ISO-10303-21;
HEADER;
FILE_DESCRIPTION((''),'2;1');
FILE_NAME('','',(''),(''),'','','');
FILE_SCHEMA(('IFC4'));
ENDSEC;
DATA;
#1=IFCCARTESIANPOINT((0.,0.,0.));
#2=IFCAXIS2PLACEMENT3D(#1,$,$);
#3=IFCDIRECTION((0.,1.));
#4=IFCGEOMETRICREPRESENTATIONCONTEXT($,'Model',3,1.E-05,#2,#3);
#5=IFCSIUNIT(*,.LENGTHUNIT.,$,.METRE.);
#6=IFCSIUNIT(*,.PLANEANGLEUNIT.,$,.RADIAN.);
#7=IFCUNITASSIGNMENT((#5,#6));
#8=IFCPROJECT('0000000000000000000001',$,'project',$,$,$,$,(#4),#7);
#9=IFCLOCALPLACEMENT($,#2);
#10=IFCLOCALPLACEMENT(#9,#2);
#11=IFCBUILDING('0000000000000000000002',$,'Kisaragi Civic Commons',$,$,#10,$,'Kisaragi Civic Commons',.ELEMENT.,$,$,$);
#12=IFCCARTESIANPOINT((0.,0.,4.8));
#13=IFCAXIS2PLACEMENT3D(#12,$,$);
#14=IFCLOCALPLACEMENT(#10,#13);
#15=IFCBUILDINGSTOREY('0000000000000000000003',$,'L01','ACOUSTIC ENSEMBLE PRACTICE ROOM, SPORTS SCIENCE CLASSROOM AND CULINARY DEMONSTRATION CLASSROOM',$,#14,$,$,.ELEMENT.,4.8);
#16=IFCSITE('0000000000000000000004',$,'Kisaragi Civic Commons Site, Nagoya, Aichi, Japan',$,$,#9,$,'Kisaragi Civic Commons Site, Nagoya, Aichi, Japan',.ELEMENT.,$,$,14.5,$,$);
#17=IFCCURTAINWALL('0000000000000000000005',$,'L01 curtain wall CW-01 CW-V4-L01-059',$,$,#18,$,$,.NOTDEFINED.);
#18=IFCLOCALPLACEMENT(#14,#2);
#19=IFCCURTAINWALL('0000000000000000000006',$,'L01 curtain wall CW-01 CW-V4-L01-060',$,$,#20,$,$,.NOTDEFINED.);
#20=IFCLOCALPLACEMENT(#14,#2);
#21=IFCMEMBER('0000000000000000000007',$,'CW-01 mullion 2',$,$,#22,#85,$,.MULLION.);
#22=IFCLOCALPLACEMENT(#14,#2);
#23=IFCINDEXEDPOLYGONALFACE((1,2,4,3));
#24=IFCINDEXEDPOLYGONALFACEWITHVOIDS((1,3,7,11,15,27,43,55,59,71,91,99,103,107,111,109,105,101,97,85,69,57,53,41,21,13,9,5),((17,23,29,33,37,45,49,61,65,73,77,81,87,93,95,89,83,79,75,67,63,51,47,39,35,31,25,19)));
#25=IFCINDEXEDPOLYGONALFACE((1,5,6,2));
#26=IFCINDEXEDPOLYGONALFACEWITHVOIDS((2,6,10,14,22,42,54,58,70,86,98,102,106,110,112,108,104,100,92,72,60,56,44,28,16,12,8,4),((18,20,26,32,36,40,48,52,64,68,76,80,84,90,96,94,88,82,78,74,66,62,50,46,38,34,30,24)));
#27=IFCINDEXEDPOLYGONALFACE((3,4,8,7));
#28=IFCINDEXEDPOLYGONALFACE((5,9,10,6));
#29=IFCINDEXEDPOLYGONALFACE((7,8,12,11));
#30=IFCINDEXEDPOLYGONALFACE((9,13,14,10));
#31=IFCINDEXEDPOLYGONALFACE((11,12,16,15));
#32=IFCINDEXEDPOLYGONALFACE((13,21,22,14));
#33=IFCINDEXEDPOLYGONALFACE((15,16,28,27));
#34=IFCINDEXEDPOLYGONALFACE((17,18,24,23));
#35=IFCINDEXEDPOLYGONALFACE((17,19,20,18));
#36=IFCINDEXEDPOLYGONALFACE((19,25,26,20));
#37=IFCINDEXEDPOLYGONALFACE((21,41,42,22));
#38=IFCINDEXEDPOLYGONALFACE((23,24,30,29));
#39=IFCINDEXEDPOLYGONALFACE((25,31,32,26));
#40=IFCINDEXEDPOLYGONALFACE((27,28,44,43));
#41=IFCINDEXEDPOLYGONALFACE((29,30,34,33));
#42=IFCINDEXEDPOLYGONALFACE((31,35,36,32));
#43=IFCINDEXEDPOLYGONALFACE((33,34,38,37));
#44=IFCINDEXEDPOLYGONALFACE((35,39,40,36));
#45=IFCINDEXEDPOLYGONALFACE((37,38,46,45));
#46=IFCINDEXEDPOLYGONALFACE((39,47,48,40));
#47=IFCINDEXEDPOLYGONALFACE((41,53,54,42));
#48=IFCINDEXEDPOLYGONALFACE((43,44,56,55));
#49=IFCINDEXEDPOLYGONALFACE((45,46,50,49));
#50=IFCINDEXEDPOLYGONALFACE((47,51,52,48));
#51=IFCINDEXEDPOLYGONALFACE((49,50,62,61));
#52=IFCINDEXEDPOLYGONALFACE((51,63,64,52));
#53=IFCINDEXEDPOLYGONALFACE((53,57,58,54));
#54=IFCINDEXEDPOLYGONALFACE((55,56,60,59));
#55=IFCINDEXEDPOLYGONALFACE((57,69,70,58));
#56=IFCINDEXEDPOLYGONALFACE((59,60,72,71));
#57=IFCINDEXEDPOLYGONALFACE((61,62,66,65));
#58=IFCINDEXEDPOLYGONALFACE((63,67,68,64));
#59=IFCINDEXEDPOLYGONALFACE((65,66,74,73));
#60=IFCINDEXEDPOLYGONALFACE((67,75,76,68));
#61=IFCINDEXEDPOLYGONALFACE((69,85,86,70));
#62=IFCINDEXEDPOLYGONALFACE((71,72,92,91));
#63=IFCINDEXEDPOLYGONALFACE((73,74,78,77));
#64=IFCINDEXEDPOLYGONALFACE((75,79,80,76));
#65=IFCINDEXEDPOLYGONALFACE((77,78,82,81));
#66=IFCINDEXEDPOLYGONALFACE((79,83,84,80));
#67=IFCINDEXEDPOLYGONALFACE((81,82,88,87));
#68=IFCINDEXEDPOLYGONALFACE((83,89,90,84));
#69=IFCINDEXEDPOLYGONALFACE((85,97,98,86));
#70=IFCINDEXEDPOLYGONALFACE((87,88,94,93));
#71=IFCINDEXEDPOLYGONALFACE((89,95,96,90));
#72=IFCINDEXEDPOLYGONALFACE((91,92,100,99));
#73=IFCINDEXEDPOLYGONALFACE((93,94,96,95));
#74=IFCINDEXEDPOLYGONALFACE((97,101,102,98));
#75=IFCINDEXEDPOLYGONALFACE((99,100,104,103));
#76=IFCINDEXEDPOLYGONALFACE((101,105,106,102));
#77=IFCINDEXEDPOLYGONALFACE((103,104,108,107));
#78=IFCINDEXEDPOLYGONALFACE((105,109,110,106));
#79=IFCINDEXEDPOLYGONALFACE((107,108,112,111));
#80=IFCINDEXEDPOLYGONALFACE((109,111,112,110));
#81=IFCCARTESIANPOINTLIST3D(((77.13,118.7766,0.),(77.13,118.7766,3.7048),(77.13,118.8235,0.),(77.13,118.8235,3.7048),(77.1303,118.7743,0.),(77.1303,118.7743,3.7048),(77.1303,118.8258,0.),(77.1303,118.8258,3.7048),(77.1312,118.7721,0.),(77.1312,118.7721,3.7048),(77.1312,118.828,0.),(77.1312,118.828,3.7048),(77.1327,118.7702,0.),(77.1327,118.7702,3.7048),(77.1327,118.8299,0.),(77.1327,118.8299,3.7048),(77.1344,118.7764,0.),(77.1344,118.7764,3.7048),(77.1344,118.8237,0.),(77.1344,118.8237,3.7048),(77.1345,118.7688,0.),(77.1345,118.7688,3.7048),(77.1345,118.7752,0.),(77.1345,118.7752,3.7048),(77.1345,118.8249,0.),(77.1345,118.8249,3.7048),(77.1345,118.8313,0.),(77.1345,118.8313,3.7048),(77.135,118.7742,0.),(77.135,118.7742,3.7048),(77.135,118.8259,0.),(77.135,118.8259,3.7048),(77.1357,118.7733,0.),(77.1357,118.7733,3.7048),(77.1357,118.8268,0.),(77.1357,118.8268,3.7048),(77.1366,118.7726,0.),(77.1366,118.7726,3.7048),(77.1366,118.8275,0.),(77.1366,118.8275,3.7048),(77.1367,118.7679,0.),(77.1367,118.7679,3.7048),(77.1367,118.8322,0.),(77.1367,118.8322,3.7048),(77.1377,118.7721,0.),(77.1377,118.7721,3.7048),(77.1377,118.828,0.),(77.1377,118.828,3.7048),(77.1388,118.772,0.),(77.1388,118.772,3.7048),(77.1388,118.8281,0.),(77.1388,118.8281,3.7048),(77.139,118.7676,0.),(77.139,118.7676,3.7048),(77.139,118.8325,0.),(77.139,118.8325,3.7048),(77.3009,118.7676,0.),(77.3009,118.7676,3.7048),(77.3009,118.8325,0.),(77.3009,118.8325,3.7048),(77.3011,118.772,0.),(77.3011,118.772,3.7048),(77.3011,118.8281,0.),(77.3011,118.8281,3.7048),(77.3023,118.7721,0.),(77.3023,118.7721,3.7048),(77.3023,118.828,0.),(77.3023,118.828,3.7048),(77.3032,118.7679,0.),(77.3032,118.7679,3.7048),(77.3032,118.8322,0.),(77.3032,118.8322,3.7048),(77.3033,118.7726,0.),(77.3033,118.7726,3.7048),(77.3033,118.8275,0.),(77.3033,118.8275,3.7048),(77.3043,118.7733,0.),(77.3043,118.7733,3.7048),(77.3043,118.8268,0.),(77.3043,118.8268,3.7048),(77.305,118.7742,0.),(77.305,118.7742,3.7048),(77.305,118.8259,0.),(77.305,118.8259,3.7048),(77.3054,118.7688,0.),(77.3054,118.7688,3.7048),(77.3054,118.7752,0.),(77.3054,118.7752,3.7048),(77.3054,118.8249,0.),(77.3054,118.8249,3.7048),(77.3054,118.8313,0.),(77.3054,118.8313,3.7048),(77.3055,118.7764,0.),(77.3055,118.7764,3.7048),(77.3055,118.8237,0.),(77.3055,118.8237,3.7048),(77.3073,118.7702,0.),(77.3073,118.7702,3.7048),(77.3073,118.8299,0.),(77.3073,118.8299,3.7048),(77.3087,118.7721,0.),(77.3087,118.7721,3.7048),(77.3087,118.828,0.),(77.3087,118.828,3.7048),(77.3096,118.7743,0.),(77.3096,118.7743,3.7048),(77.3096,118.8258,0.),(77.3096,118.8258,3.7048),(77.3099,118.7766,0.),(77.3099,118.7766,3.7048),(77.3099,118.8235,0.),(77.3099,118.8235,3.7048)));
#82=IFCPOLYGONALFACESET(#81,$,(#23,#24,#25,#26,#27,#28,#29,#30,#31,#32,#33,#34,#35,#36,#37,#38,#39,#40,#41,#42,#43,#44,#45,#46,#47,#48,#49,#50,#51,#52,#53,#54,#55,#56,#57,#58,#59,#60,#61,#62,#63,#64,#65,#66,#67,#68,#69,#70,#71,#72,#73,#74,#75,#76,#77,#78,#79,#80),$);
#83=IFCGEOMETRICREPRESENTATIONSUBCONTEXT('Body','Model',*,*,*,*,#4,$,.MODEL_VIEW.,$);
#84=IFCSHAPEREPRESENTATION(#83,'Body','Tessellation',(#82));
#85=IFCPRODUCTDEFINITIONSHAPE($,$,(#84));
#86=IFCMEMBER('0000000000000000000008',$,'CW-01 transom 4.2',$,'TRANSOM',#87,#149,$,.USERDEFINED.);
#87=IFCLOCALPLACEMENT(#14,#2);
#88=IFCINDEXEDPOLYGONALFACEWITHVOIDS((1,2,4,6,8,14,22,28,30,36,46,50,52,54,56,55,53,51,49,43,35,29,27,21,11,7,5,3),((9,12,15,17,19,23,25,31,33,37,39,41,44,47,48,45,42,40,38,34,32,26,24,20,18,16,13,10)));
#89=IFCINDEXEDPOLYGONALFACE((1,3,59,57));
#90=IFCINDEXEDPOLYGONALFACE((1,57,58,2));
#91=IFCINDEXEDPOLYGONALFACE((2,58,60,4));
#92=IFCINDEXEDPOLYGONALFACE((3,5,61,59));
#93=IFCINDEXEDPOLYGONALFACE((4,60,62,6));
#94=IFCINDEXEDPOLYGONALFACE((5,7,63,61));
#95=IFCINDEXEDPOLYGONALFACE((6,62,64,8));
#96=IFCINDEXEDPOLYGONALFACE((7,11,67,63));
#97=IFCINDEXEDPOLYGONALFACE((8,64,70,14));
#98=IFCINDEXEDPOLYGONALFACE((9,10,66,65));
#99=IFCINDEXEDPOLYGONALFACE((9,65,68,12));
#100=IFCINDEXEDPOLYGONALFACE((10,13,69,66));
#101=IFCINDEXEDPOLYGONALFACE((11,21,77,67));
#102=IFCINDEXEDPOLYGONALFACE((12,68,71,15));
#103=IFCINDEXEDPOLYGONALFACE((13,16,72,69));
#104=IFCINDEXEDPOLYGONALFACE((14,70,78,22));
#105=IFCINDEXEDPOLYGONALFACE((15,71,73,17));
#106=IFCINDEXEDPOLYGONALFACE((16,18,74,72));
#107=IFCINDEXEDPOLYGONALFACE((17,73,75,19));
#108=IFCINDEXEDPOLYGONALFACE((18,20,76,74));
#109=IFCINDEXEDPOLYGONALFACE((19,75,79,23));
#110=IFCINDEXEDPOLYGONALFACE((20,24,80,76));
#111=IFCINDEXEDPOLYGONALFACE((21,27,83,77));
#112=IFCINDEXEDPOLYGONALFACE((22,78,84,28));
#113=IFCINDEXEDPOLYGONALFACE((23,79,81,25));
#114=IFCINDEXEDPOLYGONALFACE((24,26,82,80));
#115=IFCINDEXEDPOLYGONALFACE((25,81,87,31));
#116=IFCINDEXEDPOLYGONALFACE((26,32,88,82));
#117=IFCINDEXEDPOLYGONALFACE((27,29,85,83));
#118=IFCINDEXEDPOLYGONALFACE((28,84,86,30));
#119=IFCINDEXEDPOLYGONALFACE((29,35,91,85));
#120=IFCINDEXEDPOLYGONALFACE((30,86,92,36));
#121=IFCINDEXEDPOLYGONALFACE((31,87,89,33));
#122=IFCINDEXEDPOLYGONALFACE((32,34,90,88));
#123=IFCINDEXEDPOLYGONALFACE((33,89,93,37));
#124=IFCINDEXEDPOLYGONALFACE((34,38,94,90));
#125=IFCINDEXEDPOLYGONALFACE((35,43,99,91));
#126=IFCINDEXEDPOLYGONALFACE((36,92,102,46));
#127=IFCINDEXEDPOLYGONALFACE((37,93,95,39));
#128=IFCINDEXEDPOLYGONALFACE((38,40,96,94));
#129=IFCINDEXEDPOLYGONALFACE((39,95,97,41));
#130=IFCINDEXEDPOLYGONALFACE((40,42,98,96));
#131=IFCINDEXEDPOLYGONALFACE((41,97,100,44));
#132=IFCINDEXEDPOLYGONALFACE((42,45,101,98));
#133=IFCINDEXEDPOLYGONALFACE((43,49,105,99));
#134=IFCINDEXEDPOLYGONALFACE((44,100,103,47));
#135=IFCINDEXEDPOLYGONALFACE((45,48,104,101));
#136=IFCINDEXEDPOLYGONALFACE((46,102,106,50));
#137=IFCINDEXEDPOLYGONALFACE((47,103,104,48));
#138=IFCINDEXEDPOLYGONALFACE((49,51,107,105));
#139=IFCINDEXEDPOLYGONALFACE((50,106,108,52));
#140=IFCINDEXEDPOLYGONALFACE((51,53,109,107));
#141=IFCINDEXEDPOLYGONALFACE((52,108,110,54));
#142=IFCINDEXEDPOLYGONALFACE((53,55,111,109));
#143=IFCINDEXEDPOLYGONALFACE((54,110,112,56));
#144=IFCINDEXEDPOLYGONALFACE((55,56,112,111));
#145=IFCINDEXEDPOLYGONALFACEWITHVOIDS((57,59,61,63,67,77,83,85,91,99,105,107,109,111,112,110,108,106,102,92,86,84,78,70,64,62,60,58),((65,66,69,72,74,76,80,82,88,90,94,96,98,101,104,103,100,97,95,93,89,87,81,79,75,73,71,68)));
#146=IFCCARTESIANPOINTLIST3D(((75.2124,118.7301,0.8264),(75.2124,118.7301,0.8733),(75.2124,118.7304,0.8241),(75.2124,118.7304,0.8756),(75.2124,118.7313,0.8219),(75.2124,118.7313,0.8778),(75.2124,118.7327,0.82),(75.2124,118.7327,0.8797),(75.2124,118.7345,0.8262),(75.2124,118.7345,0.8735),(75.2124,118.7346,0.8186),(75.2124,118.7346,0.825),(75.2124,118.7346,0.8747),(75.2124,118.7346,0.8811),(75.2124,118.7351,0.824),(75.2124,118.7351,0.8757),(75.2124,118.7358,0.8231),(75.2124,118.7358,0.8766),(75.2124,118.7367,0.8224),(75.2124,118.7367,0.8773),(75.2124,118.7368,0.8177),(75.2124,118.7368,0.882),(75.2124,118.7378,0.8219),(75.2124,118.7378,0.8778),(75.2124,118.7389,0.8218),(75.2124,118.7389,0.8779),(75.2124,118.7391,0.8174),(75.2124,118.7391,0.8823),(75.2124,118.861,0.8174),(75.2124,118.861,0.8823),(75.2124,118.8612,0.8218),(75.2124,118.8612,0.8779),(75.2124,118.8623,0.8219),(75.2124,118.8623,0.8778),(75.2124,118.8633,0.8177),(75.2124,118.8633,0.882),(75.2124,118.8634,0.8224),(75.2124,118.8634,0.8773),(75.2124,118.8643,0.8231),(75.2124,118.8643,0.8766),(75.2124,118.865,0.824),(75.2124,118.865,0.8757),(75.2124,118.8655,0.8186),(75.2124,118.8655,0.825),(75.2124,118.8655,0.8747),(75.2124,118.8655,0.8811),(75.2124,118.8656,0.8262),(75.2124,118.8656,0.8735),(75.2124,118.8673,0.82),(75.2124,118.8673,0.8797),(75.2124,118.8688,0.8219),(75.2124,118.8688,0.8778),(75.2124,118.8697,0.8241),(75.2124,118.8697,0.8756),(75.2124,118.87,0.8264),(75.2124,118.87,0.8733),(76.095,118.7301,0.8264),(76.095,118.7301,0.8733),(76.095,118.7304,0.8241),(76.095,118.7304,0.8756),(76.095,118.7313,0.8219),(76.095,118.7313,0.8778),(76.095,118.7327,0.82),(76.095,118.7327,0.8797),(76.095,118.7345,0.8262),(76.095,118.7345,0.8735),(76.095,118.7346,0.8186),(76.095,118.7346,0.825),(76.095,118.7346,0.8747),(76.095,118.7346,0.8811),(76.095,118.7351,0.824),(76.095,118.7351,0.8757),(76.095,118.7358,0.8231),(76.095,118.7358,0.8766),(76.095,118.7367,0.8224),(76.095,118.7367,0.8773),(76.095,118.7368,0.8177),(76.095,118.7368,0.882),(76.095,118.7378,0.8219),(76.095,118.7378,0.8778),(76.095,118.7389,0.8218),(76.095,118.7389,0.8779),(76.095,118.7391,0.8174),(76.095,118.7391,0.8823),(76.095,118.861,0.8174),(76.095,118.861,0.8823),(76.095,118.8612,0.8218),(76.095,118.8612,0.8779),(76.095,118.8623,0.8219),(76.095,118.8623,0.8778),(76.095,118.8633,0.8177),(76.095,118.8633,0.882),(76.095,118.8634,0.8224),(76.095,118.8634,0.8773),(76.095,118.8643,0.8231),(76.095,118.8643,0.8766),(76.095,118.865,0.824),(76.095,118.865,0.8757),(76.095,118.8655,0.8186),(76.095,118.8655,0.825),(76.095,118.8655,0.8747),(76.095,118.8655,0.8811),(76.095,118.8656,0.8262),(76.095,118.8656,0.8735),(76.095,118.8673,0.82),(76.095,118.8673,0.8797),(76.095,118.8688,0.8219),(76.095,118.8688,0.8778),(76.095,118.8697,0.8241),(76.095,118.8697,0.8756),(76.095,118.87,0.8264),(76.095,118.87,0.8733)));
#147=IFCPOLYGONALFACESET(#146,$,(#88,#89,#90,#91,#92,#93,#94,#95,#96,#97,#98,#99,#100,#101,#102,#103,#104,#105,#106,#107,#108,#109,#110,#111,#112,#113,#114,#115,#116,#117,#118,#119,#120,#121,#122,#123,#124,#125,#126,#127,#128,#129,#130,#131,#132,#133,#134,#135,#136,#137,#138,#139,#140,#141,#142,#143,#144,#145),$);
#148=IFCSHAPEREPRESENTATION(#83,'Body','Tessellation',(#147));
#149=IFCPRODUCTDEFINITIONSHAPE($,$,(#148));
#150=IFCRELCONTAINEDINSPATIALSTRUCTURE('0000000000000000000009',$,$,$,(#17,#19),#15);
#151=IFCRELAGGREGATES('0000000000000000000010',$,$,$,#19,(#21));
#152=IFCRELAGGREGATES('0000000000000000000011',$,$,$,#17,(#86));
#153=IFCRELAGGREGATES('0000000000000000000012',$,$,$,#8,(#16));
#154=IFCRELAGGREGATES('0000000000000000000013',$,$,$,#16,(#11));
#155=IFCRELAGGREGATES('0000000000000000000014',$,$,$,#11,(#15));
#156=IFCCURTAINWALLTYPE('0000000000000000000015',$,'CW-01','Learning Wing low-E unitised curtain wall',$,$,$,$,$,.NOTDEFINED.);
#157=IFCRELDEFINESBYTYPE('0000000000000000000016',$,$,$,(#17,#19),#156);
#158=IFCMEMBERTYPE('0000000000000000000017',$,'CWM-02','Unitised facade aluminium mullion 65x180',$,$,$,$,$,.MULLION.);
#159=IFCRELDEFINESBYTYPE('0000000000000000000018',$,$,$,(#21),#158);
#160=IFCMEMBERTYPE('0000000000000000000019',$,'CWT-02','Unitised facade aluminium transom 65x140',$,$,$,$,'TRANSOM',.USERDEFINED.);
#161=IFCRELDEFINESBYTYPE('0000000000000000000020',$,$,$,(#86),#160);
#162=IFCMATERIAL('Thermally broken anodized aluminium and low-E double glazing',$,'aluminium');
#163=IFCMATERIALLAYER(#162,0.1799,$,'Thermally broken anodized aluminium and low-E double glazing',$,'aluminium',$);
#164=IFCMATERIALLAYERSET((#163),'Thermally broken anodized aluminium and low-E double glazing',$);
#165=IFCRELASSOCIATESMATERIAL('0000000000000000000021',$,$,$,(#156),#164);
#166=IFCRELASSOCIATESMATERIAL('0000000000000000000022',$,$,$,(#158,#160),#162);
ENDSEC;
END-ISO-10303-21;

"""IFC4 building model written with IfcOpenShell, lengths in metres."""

from ifc_helpers import new_model, si_unit, direction, frame, origin, origin_2d, place, context, subcontext, project, spatial, hollow_rectangle, extrude, material, layer, layer_set, material_profile, profile_set, type_object, element, aggregate, save


model = new_model("IFC4")

# Units and contexts
model_context = context("Model", 3, precision=1e-05, world=origin(), true_north=direction((0.0, 1.0)))
body_context = subcontext(model_context, "Body", "Model", "MODEL_VIEW")
ifc_project = project(units=[si_unit("LENGTHUNIT", "METRE"), si_unit("PLANEANGLEUNIT", "RADIAN")], contexts=[model_context])

# Site, building, storey
site_placement = place(None, origin())
site = spatial("IfcSite", under=ifc_project, at=site_placement, Name="Kisaragi Civic Commons Site, Nagoya, Aichi, Japan", LongName="Kisaragi Civic Commons Site, Nagoya, Aichi, Japan", CompositionType="ELEMENT", RefElevation=14.5)
building_placement = place(site_placement, origin())
building = spatial("IfcBuilding", under=site, at=building_placement, Name="Kisaragi Civic Commons", LongName="Kisaragi Civic Commons", CompositionType="ELEMENT")
storey_placement = place(building_placement, frame((0.0, 0.0, 4.8)))
storey = spatial("IfcBuildingStorey", under=building, at=storey_placement, Name="L01", Description="ACOUSTIC ENSEMBLE PRACTICE ROOM, SPORTS SCIENCE CLASSROOM AND CULINARY DEMONSTRATION CLASSROOM", CompositionType="ELEMENT", Elevation=4.8)

# Curtain wall
ifc_material_1 = material(Name="Thermally broken anodized aluminium and low-E double glazing", Category="aluminium")
ifc_layer_1 = layer(ifc_material_1, 0.1799, Name="Thermally broken anodized aluminium and low-E double glazing", Category="aluminium")
ifc_layer_set_1 = layer_set([ifc_layer_1], Name="Thermally broken anodized aluminium and low-E double glazing")
curtain_wall_type = type_object("IfcCurtainWallType", Name="CW-01", Description="Learning Wing low-E unitised curtain wall", PredefinedType="NOTDEFINED", material=ifc_layer_set_1)
curtain_wall_1_placement = place(storey_placement, origin())
curtain_wall_1 = element("IfcCurtainWall", 1, at=curtain_wall_1_placement, inside=storey, type_object=curtain_wall_type, Name="L01 curtain wall CW-01 CW-V4-L01-059", PredefinedType="NOTDEFINED")
ifc_material_profile_1 = material_profile(ifc_material_1, hollow_rectangle(XDim=0.0649, YDim=0.1799, WallThickness=0.0044, InnerFilletRadius=0.0044, OuterFilletRadius=0.009, at=origin_2d()), Name="CWM-65x180x4.5", Category="aluminium")
ifc_profile_set_1 = profile_set([ifc_material_profile_1], Name="Thermally broken anodized aluminium and low-E double glazing")
member_type_1 = type_object("IfcMemberType", Name="CWM-02", Description="Unitised facade aluminium mullion 65x180", PredefinedType="MULLION", material=ifc_profile_set_1)

# Curtain wall, member
curtain_wall_2_placement = place(storey_placement, origin())
curtain_wall_2 = element("IfcCurtainWall", 2, at=curtain_wall_2_placement, inside=storey, type_object=curtain_wall_type, Name="L01 curtain wall CW-01 CW-V4-L01-060", PredefinedType="NOTDEFINED")
member_1_placement = place(storey_placement, frame((77.22, 118.8, 0.0), z_axis=(0.0, 0.0, 1.0), x_axis=(0.0, 1.0, 0.0)))
member_1 = element("IfcMember", 3, at=member_1_placement, type_object=member_type_1, Name="CW-01 mullion 2", PredefinedType="MULLION", context=body_context, shape_type="SweptSolid", body=[
    extrude(hollow_rectangle(XDim=0.0649, YDim=0.1799, WallThickness=0.0044, InnerFilletRadius=0.0044, OuterFilletRadius=0.009, at=origin_2d()), origin(), (0.0, 0.0, 1.0), 3.7048),
])

# Member
ifc_material_profile_2 = material_profile(ifc_material_1, hollow_rectangle(XDim=0.1399, YDim=0.0649, WallThickness=0.0044, InnerFilletRadius=0.0044, OuterFilletRadius=0.009, at=origin_2d()), Name="CWT-65x140x4.5", Category="aluminium")
ifc_profile_set_2 = profile_set([ifc_material_profile_2], Name="Thermally broken anodized aluminium and low-E double glazing")
member_type_2 = type_object("IfcMemberType", Name="CWT-02", Description="Unitised facade aluminium transom 65x140", ElementType="TRANSOM", PredefinedType="USERDEFINED", material=ifc_profile_set_2)
member_2_placement = place(storey_placement, frame((75.2124, 118.8, 0.8499), z_axis=(1.0, 0.0, 0.0), x_axis=(0.0, 1.0, 0.0)))
member_2 = element("IfcMember", 4, at=member_2_placement, type_object=member_type_2, Name="CW-01 transom 4.2", ObjectType="TRANSOM", PredefinedType="USERDEFINED", context=body_context, shape_type="SweptSolid", body=[
    extrude(hollow_rectangle(XDim=0.1399, YDim=0.0649, WallThickness=0.0044, InnerFilletRadius=0.0044, OuterFilletRadius=0.009, at=origin_2d()), origin(), (0.0, 0.0, 1.0), 0.8826),
])

aggregate(curtain_wall_2, [member_1])
aggregate(curtain_wall_1, [member_2])

save(model, "model.ifc")
